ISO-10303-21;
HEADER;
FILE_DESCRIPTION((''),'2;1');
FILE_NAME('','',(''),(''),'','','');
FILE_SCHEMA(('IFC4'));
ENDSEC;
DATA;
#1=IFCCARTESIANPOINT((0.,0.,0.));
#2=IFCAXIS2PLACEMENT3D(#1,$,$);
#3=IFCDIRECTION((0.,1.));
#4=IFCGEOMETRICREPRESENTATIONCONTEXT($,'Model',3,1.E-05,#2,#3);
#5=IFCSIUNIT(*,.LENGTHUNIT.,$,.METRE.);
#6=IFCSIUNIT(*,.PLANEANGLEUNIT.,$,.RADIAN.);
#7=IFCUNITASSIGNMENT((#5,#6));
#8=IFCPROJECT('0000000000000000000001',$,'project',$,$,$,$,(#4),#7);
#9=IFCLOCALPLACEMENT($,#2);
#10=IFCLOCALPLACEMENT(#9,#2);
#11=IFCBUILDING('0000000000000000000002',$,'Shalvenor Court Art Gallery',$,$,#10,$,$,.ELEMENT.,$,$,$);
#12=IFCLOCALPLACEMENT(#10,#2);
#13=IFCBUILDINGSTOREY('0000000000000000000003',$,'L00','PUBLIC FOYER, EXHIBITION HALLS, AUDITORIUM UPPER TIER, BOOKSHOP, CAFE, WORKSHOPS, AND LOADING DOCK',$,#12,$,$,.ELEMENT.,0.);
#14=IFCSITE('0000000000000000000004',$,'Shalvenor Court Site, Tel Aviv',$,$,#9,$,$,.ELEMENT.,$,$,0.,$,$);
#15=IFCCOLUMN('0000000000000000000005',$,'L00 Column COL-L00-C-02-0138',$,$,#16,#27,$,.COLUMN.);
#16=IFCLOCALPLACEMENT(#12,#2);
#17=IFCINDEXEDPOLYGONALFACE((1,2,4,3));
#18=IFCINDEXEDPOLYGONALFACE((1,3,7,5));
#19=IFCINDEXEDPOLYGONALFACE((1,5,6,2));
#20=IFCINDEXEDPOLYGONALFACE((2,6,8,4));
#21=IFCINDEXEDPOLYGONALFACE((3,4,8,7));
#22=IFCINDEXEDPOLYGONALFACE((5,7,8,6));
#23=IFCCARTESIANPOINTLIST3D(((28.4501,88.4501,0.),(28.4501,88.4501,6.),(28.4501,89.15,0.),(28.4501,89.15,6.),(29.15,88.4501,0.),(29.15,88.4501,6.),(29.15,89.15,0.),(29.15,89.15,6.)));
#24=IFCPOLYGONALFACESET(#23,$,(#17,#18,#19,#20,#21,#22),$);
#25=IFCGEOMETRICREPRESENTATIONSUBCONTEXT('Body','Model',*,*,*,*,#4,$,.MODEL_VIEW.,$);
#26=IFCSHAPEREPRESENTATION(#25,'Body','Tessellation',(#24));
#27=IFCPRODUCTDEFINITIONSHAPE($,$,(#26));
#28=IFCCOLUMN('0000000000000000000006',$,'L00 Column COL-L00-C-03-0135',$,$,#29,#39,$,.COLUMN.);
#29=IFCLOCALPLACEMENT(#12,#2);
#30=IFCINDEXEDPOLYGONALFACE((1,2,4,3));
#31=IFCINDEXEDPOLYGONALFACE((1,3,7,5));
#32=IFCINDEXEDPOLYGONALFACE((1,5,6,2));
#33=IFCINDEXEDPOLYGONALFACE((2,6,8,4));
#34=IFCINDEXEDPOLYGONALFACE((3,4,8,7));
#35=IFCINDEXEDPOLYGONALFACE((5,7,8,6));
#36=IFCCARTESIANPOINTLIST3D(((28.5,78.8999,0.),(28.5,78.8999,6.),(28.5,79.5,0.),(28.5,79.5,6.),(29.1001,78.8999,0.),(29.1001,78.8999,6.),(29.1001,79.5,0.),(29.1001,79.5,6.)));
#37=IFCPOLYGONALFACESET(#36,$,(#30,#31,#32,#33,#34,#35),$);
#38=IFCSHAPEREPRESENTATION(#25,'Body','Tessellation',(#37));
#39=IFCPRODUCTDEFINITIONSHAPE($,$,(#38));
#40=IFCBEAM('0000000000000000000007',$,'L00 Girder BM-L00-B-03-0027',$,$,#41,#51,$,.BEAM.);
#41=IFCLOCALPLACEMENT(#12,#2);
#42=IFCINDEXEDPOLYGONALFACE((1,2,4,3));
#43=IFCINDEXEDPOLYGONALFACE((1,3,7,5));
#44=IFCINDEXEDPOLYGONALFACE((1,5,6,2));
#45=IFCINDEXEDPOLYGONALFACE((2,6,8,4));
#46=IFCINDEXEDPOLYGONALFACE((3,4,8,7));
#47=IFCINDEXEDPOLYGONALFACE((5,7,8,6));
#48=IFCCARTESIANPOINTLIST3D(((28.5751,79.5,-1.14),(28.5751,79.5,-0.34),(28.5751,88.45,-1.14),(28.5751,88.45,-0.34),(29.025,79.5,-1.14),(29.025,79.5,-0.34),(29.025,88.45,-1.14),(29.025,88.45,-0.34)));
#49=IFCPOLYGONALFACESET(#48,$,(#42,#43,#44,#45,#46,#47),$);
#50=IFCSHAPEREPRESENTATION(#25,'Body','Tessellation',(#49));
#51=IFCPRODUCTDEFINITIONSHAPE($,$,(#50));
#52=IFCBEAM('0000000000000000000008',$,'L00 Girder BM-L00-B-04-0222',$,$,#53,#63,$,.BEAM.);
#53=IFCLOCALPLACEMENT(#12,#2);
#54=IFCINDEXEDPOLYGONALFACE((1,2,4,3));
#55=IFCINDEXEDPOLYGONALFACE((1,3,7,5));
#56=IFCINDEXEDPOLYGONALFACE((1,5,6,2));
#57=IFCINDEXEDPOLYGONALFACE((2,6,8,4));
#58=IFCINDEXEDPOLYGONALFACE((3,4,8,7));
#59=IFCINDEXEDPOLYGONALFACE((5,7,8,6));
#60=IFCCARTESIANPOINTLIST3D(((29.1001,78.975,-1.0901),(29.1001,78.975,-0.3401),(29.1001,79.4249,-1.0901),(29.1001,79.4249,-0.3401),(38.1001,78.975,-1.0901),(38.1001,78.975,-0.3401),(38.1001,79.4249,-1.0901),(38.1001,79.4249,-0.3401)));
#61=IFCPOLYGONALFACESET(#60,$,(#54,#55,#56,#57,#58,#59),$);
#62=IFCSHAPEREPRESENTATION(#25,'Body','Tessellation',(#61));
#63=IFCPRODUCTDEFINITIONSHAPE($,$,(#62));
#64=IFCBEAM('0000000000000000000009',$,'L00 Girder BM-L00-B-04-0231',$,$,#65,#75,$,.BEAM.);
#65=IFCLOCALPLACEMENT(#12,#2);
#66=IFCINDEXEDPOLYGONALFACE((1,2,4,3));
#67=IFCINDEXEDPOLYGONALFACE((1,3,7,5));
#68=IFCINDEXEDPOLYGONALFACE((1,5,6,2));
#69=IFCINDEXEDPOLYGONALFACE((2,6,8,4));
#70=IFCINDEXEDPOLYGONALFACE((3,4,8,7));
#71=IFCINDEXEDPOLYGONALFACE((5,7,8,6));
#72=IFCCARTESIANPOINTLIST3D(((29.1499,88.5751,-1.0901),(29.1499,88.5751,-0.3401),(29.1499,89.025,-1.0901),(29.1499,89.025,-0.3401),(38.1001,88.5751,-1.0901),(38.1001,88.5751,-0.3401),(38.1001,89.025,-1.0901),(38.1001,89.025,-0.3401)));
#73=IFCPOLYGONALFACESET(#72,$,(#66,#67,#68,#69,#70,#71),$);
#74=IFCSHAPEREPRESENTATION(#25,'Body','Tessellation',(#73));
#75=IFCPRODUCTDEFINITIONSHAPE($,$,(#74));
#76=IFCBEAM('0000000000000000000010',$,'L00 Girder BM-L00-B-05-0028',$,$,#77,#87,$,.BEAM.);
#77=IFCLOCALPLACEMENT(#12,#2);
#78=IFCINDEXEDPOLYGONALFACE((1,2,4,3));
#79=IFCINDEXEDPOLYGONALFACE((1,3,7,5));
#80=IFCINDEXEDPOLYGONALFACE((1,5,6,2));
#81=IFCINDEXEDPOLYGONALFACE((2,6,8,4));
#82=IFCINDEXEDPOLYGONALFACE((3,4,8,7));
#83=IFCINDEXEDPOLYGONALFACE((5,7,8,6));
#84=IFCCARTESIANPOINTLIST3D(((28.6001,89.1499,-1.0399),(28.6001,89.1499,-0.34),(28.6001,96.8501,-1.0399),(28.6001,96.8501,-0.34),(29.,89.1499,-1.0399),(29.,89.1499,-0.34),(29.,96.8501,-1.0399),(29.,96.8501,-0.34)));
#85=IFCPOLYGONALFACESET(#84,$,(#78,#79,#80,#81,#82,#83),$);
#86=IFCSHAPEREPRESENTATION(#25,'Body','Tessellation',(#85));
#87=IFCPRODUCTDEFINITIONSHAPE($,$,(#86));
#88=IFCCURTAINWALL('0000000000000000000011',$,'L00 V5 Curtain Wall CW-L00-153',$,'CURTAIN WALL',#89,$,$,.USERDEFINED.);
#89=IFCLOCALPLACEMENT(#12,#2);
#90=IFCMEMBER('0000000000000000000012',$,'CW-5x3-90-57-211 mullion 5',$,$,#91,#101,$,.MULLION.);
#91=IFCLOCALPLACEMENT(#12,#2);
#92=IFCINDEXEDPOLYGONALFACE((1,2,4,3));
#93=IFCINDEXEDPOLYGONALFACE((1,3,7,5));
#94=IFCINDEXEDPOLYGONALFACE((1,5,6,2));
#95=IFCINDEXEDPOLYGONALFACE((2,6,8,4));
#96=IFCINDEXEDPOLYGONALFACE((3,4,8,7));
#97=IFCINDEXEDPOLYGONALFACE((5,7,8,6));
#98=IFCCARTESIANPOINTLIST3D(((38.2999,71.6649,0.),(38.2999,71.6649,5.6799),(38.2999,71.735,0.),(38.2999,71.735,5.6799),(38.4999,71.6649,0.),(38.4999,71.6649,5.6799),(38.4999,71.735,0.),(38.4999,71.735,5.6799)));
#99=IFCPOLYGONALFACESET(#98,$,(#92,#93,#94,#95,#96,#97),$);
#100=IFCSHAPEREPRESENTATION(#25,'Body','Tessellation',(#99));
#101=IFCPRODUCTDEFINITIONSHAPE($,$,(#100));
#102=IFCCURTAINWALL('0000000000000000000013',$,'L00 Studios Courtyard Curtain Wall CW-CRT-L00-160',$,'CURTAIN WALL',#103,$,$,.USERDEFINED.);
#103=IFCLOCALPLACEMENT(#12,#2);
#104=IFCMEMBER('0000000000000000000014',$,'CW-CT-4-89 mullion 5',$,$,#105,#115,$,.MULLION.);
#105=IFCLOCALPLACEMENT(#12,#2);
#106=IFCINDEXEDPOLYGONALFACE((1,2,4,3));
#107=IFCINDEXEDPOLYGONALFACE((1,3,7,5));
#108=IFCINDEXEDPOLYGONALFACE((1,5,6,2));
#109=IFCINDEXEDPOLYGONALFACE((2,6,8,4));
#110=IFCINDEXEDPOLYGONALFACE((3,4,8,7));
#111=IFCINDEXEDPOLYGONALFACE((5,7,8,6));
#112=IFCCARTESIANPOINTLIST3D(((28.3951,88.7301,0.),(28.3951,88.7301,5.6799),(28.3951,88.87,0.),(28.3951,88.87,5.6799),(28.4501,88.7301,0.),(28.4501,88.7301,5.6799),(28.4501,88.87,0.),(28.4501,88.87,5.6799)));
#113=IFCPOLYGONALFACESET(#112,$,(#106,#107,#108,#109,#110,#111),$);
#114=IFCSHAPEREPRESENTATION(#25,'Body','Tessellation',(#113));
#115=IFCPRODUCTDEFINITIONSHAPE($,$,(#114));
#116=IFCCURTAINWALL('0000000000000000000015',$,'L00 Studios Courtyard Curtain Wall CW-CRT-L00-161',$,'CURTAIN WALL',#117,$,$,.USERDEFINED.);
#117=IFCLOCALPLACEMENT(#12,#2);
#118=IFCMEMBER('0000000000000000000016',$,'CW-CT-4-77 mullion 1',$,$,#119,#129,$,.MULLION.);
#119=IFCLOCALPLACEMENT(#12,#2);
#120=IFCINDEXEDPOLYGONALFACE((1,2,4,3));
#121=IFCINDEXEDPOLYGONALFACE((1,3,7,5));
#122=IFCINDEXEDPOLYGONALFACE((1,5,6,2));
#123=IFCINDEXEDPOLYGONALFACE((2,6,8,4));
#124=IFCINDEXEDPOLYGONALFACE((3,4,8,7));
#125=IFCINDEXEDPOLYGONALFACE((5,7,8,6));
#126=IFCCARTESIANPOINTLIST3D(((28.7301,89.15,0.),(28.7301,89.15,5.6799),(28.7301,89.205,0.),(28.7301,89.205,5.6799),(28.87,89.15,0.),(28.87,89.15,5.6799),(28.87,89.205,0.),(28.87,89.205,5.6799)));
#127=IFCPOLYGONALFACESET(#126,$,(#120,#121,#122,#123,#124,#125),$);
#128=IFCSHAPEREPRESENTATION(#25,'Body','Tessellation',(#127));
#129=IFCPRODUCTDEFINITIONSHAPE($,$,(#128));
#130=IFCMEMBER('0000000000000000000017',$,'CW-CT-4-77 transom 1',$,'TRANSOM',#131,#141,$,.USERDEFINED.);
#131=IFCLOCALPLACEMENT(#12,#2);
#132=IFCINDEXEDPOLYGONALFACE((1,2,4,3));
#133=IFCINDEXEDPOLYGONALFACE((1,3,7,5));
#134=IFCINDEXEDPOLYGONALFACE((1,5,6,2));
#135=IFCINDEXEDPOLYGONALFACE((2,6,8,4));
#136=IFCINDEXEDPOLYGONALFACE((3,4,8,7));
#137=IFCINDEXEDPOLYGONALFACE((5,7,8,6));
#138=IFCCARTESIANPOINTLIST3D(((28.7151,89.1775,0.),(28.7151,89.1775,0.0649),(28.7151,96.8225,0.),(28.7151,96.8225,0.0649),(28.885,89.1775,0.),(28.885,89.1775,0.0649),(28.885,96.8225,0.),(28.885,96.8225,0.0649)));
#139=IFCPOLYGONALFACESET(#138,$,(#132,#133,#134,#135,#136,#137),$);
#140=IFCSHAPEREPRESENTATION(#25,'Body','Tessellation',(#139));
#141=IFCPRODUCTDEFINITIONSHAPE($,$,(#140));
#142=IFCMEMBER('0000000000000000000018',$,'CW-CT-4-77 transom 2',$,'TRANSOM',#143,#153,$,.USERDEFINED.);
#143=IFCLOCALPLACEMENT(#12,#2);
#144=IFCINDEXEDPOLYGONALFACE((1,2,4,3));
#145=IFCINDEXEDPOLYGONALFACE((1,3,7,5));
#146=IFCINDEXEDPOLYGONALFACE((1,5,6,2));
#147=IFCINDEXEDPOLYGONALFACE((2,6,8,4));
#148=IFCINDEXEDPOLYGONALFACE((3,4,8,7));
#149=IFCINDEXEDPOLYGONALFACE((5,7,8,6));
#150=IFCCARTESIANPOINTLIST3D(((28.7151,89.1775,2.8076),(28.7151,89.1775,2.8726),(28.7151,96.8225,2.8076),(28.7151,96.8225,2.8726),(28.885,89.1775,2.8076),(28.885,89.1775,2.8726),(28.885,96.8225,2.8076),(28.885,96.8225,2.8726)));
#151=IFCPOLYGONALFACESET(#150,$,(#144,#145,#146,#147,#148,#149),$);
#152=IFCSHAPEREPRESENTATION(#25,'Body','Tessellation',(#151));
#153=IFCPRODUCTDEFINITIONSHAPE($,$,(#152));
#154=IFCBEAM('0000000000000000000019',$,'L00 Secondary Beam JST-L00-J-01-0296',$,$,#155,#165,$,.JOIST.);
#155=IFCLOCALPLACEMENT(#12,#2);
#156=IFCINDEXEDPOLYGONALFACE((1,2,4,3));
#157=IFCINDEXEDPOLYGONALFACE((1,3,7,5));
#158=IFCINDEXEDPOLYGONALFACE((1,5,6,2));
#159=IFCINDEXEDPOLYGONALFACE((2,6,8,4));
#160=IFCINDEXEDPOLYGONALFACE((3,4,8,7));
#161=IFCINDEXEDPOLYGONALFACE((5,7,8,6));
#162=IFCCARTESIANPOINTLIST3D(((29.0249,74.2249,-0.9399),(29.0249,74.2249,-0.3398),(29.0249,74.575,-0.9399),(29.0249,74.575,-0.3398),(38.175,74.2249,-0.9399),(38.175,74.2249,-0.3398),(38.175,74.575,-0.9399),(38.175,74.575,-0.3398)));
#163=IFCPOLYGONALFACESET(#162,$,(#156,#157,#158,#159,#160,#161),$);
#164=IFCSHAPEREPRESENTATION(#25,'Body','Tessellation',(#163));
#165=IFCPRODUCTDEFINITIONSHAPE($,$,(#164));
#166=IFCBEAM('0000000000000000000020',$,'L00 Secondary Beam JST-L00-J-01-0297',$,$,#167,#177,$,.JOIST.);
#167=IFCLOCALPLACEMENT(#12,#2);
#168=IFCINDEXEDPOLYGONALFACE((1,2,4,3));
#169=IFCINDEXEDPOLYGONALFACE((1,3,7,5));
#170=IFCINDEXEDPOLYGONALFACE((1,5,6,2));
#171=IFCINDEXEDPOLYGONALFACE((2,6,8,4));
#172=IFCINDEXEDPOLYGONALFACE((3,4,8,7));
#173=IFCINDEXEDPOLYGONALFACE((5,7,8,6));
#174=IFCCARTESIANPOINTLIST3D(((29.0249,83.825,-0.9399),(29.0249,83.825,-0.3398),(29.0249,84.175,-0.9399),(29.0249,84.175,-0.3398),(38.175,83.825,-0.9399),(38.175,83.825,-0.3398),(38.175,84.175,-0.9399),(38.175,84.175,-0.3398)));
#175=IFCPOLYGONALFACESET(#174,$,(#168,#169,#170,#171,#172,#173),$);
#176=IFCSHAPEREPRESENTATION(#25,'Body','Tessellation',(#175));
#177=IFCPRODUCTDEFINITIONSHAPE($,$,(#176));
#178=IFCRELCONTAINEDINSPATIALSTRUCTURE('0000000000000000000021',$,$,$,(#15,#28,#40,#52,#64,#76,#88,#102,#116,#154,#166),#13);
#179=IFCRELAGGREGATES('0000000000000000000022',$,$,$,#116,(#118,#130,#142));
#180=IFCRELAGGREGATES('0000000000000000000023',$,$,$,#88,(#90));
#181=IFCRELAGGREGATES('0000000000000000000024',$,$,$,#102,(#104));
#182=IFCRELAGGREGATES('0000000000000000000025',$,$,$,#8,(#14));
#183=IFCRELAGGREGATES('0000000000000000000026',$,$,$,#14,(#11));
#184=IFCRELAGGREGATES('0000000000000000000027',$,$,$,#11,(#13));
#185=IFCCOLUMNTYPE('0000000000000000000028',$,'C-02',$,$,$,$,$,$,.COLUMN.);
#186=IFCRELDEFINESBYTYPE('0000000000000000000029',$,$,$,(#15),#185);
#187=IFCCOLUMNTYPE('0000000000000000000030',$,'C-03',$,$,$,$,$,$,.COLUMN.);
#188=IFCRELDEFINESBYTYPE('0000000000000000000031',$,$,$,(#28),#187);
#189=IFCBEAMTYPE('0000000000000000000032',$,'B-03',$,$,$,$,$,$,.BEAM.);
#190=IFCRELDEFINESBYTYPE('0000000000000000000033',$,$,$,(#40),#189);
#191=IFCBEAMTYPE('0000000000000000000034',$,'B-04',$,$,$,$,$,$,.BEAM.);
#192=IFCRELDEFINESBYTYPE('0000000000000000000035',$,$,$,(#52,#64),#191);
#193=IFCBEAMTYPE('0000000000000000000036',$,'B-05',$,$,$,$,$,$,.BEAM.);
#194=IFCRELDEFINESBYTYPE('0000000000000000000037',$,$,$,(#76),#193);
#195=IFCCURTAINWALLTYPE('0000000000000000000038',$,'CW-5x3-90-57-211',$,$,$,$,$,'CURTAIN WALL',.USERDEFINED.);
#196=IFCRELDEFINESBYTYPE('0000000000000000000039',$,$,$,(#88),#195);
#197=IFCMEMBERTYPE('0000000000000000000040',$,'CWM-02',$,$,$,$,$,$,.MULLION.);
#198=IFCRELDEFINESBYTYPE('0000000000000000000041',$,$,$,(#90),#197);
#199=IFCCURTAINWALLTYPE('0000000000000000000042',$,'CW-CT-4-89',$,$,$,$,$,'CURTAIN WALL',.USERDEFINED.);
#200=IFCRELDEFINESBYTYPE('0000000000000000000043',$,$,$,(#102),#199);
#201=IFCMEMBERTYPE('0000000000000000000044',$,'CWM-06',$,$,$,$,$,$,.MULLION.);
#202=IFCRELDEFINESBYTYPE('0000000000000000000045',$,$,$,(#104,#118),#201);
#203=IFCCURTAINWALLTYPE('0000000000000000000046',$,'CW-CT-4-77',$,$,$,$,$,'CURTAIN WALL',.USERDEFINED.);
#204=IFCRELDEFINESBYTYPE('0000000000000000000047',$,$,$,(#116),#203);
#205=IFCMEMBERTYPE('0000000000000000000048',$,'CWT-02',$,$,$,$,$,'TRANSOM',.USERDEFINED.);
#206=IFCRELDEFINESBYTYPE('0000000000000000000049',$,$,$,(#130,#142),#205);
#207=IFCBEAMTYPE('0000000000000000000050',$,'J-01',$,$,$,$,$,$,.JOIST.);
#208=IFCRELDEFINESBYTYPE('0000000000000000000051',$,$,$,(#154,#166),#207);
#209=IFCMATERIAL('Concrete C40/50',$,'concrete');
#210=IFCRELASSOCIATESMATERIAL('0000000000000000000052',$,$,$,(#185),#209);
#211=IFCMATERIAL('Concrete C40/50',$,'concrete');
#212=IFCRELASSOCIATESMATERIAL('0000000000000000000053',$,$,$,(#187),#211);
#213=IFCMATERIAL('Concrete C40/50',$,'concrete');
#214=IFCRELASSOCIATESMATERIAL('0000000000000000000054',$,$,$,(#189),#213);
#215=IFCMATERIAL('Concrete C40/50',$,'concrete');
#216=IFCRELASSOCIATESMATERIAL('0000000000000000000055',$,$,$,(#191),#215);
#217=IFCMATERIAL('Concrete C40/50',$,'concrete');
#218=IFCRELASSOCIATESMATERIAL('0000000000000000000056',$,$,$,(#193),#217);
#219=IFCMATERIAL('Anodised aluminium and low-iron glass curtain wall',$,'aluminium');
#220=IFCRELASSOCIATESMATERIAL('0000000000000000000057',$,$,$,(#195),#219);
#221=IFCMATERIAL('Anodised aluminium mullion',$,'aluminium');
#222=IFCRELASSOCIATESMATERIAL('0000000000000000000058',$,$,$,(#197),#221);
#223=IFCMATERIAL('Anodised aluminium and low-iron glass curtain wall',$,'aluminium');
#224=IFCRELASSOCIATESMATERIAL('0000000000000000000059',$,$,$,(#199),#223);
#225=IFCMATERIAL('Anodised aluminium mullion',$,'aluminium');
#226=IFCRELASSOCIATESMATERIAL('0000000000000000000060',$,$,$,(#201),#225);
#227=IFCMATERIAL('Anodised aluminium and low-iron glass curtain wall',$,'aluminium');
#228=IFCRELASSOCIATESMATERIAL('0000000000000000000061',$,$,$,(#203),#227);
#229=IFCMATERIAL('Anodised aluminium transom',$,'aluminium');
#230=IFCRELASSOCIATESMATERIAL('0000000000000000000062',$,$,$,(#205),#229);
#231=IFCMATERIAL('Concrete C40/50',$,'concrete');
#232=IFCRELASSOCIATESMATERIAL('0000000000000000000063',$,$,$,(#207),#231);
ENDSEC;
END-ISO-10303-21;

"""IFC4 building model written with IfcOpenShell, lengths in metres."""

from ifc_helpers import new_model, si_unit, direction, frame, origin, origin_2d, place, context, subcontext, project, spatial, rectangle, extrude, material, material_profile, profile_set, type_object, element, aggregate, save


model = new_model("IFC4")

# Units and contexts
model_context = context("Model", 3, precision=1e-05, world=origin(), true_north=direction((0.0, 1.0)))
body_context = subcontext(model_context, "Body", "Model", "MODEL_VIEW")
ifc_project = project(units=[si_unit("LENGTHUNIT", "METRE"), si_unit("PLANEANGLEUNIT", "RADIAN")], contexts=[model_context])

# Site, building, storey
site_placement = place(None, origin())
site = spatial("IfcSite", under=ifc_project, at=site_placement, Name="Shalvenor Court Site, Tel Aviv", CompositionType="ELEMENT", RefElevation=0.0)
building_placement = place(site_placement, origin())
building = spatial("IfcBuilding", under=site, at=building_placement, Name="Shalvenor Court Art Gallery", CompositionType="ELEMENT")
storey_placement = place(building_placement, origin())
storey = spatial("IfcBuildingStorey", under=building, at=storey_placement, Name="L00", Description="PUBLIC FOYER, EXHIBITION HALLS, AUDITORIUM UPPER TIER, BOOKSHOP, CAFE, WORKSHOPS, AND LOADING DOCK", CompositionType="ELEMENT", Elevation=0.0)

# Columns
ifc_material_1 = material(Name="Concrete C40/50", Category="concrete")
ifc_material_profile_1 = material_profile(ifc_material_1, rectangle(XDim=0.7, YDim=0.7, at=origin_2d()), Name="RC 700x700")
ifc_profile_set_1 = profile_set([ifc_material_profile_1], Name="Concrete C40/50")
column_type_1 = type_object("IfcColumnType", Name="C-02", PredefinedType="COLUMN", material=ifc_profile_set_1)
column_1_placement = place(storey_placement, frame((28.8, 88.8, 0.0), z_axis=(0.0, 0.0, 1.0), x_axis=(1.0, 0.0, 0.0)))
element("IfcColumn", 1, at=column_1_placement, inside=storey, type_object=column_type_1, Name="L00 Column COL-L00-C-02-0138", PredefinedType="COLUMN", context=body_context, shape_type="SweptSolid", body=[
    extrude(rectangle(XDim=0.7, YDim=0.7, at=origin_2d()), origin(), (0.0, 0.0, 1.0), 6.0),
])
ifc_material_2 = material(Name="Concrete C40/50", Category="concrete")
ifc_material_profile_2 = material_profile(ifc_material_2, rectangle(XDim=0.6001, YDim=0.6001, at=origin_2d()), Name="RC 600x600")
ifc_profile_set_2 = profile_set([ifc_material_profile_2], Name="Concrete C40/50")
column_type_2 = type_object("IfcColumnType", Name="C-03", PredefinedType="COLUMN", material=ifc_profile_set_2)
column_2_placement = place(storey_placement, frame((28.8, 79.2, 0.0), z_axis=(0.0, 0.0, 1.0), x_axis=(1.0, 0.0, 0.0)))
element("IfcColumn", 2, at=column_2_placement, inside=storey, type_object=column_type_2, Name="L00 Column COL-L00-C-03-0135", PredefinedType="COLUMN", context=body_context, shape_type="SweptSolid", body=[
    extrude(rectangle(XDim=0.6001, YDim=0.6001, at=origin_2d()), origin(), (0.0, 0.0, 1.0), 6.0),
])

# Beams
ifc_material_3 = material(Name="Concrete C40/50", Category="concrete")
ifc_material_profile_3 = material_profile(ifc_material_3, rectangle(XDim=0.45, YDim=0.8, at=origin_2d()), Name="RC 450x800")
ifc_profile_set_3 = profile_set([ifc_material_profile_3], Name="Concrete C40/50")
beam_type_1 = type_object("IfcBeamType", Name="B-03", PredefinedType="BEAM", material=ifc_profile_set_3)
beam_1_placement = place(storey_placement, frame((28.8, 79.5, -0.74), z_axis=(0.0, 1.0, 0.0), x_axis=(-1.0, 0.0, 0.0)))
element("IfcBeam", 3, at=beam_1_placement, inside=storey, type_object=beam_type_1, Name="L00 Girder BM-L00-B-03-0027", PredefinedType="BEAM", context=body_context, shape_type="SweptSolid", body=[
    extrude(rectangle(XDim=0.45, YDim=0.8, at=origin_2d()), origin(), (0.0, 0.0, 1.0), 8.95),
])
ifc_material_4 = material(Name="Concrete C40/50", Category="concrete")
ifc_material_profile_4 = material_profile(ifc_material_4, rectangle(XDim=0.45, YDim=0.75, at=origin_2d()), Name="RC 450x750")
ifc_profile_set_4 = profile_set([ifc_material_profile_4], Name="Concrete C40/50")
beam_type_2 = type_object("IfcBeamType", Name="B-04", PredefinedType="BEAM", material=ifc_profile_set_4)
beam_2_placement = place(storey_placement, frame((29.1001, 79.2, -0.7151), z_axis=(1.0, 0.0, 0.0), x_axis=(0.0, 1.0, 0.0)))
element("IfcBeam", 4, at=beam_2_placement, inside=storey, type_object=beam_type_2, Name="L00 Girder BM-L00-B-04-0222", PredefinedType="BEAM", context=body_context, shape_type="SweptSolid", body=[
    extrude(rectangle(XDim=0.45, YDim=0.75, at=origin_2d()), origin(), (0.0, 0.0, 1.0), 9.0),
])
beam_3_placement = place(storey_placement, frame((29.1499, 88.8, -0.7151), z_axis=(1.0, 0.0, 0.0), x_axis=(0.0, 1.0, 0.0)))
element("IfcBeam", 5, at=beam_3_placement, inside=storey, type_object=beam_type_2, Name="L00 Girder BM-L00-B-04-0231", PredefinedType="BEAM", context=body_context, shape_type="SweptSolid", body=[
    extrude(rectangle(XDim=0.45, YDim=0.75, at=origin_2d()), origin(), (0.0, 0.0, 1.0), 8.9502),
])
ifc_material_5 = material(Name="Concrete C40/50", Category="concrete")
ifc_material_profile_5 = material_profile(ifc_material_5, rectangle(XDim=0.3999, YDim=0.7, at=origin_2d()), Name="RC 400x700")
ifc_profile_set_5 = profile_set([ifc_material_profile_5], Name="Concrete C40/50")
beam_type_3 = type_object("IfcBeamType", Name="B-05", PredefinedType="BEAM", material=ifc_profile_set_5)
beam_4_placement = place(storey_placement, frame((28.8, 89.1499, -0.6899), z_axis=(0.0, 1.0, 0.0), x_axis=(-1.0, 0.0, 0.0)))
element("IfcBeam", 6, at=beam_4_placement, inside=storey, type_object=beam_type_3, Name="L00 Girder BM-L00-B-05-0028", PredefinedType="BEAM", context=body_context, shape_type="SweptSolid", body=[
    extrude(rectangle(XDim=0.3999, YDim=0.7, at=origin_2d()), origin(), (0.0, 0.0, 1.0), 7.7002),
])

# Curtain walls, members
ifc_material_6 = material(Name="Anodised aluminium and low-iron glass curtain wall", Category="aluminium")
curtain_wall_type_1 = type_object("IfcCurtainWallType", Name="CW-5x3-90-57-211", ElementType="CURTAIN WALL", PredefinedType="USERDEFINED", material=ifc_material_6)
curtain_wall_1_placement = place(storey_placement, origin())
curtain_wall_1 = element("IfcCurtainWall", 7, at=curtain_wall_1_placement, inside=storey, type_object=curtain_wall_type_1, Name="L00 V5 Curtain Wall CW-L00-153", ObjectType="CURTAIN WALL", PredefinedType="USERDEFINED")
ifc_material_7 = material(Name="Anodised aluminium mullion", Category="aluminium")
ifc_material_profile_6 = material_profile(ifc_material_7, rectangle(XDim=0.0701, YDim=0.2, at=origin_2d()), Name="CWM-02")
ifc_profile_set_6 = profile_set([ifc_material_profile_6], Name="Anodised aluminium mullion")
member_type_1 = type_object("IfcMemberType", Name="CWM-02", PredefinedType="MULLION", material=ifc_profile_set_6)
member_1_placement = place(storey_placement, frame((38.3999, 71.7, 0.0), z_axis=(0.0, 0.0, 1.0), x_axis=(0.0, -1.0, 0.0)))
member_1 = element("IfcMember", 8, at=member_1_placement, type_object=member_type_1, Name="CW-5x3-90-57-211 mullion 5", PredefinedType="MULLION", context=body_context, shape_type="SweptSolid", body=[
    extrude(rectangle(XDim=0.0701, YDim=0.2, at=origin_2d()), origin(), (0.0, 0.0, 1.0), 5.6799),
])
ifc_material_8 = material(Name="Anodised aluminium and low-iron glass curtain wall", Category="aluminium")
curtain_wall_type_2 = type_object("IfcCurtainWallType", Name="CW-CT-4-89", ElementType="CURTAIN WALL", PredefinedType="USERDEFINED", material=ifc_material_8)
curtain_wall_2_placement = place(storey_placement, origin())
curtain_wall_2 = element("IfcCurtainWall", 9, at=curtain_wall_2_placement, inside=storey, type_object=curtain_wall_type_2, Name="L00 Studios Courtyard Curtain Wall CW-CRT-L00-160", ObjectType="CURTAIN WALL", PredefinedType="USERDEFINED")
ifc_material_9 = material(Name="Anodised aluminium mullion", Category="aluminium")
ifc_material_profile_7 = material_profile(ifc_material_9, rectangle(XDim=0.0549, YDim=0.1399, at=origin_2d()), Name="CWM-06")
ifc_profile_set_7 = profile_set([ifc_material_profile_7], Name="Anodised aluminium mullion")
member_type_2 = type_object("IfcMemberType", Name="CWM-06", PredefinedType="MULLION", material=ifc_profile_set_7)
member_2_placement = place(storey_placement, frame((28.4226, 88.8, 0.0), z_axis=(0.0, 0.0, 1.0), x_axis=(1.0, 0.0, 0.0)))
member_2 = element("IfcMember", 10, at=member_2_placement, type_object=member_type_2, Name="CW-CT-4-89 mullion 5", PredefinedType="MULLION", context=body_context, shape_type="SweptSolid", body=[
    extrude(rectangle(XDim=0.0549, YDim=0.1399, at=origin_2d()), origin(), (0.0, 0.0, 1.0), 5.6799),
])

# Curtain wall, members
ifc_material_10 = material(Name="Anodised aluminium and low-iron glass curtain wall", Category="aluminium")
curtain_wall_type_3 = type_object("IfcCurtainWallType", Name="CW-CT-4-77", ElementType="CURTAIN WALL", PredefinedType="USERDEFINED", material=ifc_material_10)
curtain_wall_3_placement = place(storey_placement, origin())
curtain_wall_3 = element("IfcCurtainWall", 11, at=curtain_wall_3_placement, inside=storey, type_object=curtain_wall_type_3, Name="L00 Studios Courtyard Curtain Wall CW-CRT-L00-161", ObjectType="CURTAIN WALL", PredefinedType="USERDEFINED")
member_3_placement = place(storey_placement, frame((28.8, 89.1775, 0.0), z_axis=(0.0, 0.0, 1.0), x_axis=(0.0, 1.0, 0.0)))
member_3 = element("IfcMember", 12, at=member_3_placement, type_object=member_type_2, Name="CW-CT-4-77 mullion 1", PredefinedType="MULLION", context=body_context, shape_type="SweptSolid", body=[
    extrude(rectangle(XDim=0.0549, YDim=0.1399, at=origin_2d()), origin(), (0.0, 0.0, 1.0), 5.6799),
])
ifc_material_11 = material(Name="Anodised aluminium transom", Category="aluminium")
ifc_material_profile_8 = material_profile(ifc_material_11, rectangle(XDim=0.1699, YDim=0.0649, at=origin_2d()), Name="CWT-02")
ifc_profile_set_8 = profile_set([ifc_material_profile_8], Name="Anodised aluminium transom")
member_type_3 = type_object("IfcMemberType", Name="CWT-02", ElementType="TRANSOM", PredefinedType="USERDEFINED", material=ifc_profile_set_8)
member_4_placement = place(storey_placement, frame((28.8, 89.1775, 0.0325), z_axis=(0.0, 1.0, 0.0), x_axis=(-1.0, 0.0, 0.0)))
member_4 = element("IfcMember", 13, at=member_4_placement, type_object=member_type_3, Name="CW-CT-4-77 transom 1", ObjectType="TRANSOM", PredefinedType="USERDEFINED", context=body_context, shape_type="SweptSolid", body=[
    extrude(rectangle(XDim=0.1699, YDim=0.0649, at=origin_2d()), origin(), (0.0, 0.0, 1.0), 7.645),
])
member_5_placement = place(storey_placement, frame((28.8, 89.1775, 2.8401), z_axis=(0.0, 1.0, 0.0), x_axis=(-1.0, 0.0, 0.0)))
member_5 = element("IfcMember", 14, at=member_5_placement, type_object=member_type_3, Name="CW-CT-4-77 transom 2", ObjectType="TRANSOM", PredefinedType="USERDEFINED", context=body_context, shape_type="SweptSolid", body=[
    extrude(rectangle(XDim=0.1699, YDim=0.0649, at=origin_2d()), origin(), (0.0, 0.0, 1.0), 7.645),
])
aggregate(curtain_wall_3, [member_3, member_4, member_5])

# Beams
ifc_material_12 = material(Name="Concrete C40/50", Category="concrete")
ifc_material_profile_9 = material_profile(ifc_material_12, rectangle(XDim=0.3501, YDim=0.6001, at=origin_2d()), Name="RC 350x600")
ifc_profile_set_9 = profile_set([ifc_material_profile_9], Name="Concrete C40/50")
beam_type_4 = type_object("IfcBeamType", Name="J-01", PredefinedType="JOIST", material=ifc_profile_set_9)
for number, where, z_axis, x_axis, name in (
    (15, (29.0249, 74.3999, -0.6399), (1.0, 0.0, 0.0), (0.0, 1.0, 0.0), "L00 Secondary Beam JST-L00-J-01-0296"),
    (16, (29.0249, 84.0, -0.6399), (1.0, 0.0, 0.0), (0.0, 1.0, 0.0), "L00 Secondary Beam JST-L00-J-01-0297"),
):
    element("IfcBeam", number, at=place(storey_placement, frame(where, z_axis=z_axis, x_axis=x_axis)), inside=storey, type_object=beam_type_4, Name=name, PredefinedType="JOIST", context=body_context, shape_type="SweptSolid", body=[
        extrude(rectangle(XDim=0.3501, YDim=0.6001, at=origin_2d()), origin(), (0.0, 0.0, 1.0), 9.1501),
    ])

aggregate(curtain_wall_1, [member_1])
aggregate(curtain_wall_2, [member_2])

save(model, "model.ifc")
